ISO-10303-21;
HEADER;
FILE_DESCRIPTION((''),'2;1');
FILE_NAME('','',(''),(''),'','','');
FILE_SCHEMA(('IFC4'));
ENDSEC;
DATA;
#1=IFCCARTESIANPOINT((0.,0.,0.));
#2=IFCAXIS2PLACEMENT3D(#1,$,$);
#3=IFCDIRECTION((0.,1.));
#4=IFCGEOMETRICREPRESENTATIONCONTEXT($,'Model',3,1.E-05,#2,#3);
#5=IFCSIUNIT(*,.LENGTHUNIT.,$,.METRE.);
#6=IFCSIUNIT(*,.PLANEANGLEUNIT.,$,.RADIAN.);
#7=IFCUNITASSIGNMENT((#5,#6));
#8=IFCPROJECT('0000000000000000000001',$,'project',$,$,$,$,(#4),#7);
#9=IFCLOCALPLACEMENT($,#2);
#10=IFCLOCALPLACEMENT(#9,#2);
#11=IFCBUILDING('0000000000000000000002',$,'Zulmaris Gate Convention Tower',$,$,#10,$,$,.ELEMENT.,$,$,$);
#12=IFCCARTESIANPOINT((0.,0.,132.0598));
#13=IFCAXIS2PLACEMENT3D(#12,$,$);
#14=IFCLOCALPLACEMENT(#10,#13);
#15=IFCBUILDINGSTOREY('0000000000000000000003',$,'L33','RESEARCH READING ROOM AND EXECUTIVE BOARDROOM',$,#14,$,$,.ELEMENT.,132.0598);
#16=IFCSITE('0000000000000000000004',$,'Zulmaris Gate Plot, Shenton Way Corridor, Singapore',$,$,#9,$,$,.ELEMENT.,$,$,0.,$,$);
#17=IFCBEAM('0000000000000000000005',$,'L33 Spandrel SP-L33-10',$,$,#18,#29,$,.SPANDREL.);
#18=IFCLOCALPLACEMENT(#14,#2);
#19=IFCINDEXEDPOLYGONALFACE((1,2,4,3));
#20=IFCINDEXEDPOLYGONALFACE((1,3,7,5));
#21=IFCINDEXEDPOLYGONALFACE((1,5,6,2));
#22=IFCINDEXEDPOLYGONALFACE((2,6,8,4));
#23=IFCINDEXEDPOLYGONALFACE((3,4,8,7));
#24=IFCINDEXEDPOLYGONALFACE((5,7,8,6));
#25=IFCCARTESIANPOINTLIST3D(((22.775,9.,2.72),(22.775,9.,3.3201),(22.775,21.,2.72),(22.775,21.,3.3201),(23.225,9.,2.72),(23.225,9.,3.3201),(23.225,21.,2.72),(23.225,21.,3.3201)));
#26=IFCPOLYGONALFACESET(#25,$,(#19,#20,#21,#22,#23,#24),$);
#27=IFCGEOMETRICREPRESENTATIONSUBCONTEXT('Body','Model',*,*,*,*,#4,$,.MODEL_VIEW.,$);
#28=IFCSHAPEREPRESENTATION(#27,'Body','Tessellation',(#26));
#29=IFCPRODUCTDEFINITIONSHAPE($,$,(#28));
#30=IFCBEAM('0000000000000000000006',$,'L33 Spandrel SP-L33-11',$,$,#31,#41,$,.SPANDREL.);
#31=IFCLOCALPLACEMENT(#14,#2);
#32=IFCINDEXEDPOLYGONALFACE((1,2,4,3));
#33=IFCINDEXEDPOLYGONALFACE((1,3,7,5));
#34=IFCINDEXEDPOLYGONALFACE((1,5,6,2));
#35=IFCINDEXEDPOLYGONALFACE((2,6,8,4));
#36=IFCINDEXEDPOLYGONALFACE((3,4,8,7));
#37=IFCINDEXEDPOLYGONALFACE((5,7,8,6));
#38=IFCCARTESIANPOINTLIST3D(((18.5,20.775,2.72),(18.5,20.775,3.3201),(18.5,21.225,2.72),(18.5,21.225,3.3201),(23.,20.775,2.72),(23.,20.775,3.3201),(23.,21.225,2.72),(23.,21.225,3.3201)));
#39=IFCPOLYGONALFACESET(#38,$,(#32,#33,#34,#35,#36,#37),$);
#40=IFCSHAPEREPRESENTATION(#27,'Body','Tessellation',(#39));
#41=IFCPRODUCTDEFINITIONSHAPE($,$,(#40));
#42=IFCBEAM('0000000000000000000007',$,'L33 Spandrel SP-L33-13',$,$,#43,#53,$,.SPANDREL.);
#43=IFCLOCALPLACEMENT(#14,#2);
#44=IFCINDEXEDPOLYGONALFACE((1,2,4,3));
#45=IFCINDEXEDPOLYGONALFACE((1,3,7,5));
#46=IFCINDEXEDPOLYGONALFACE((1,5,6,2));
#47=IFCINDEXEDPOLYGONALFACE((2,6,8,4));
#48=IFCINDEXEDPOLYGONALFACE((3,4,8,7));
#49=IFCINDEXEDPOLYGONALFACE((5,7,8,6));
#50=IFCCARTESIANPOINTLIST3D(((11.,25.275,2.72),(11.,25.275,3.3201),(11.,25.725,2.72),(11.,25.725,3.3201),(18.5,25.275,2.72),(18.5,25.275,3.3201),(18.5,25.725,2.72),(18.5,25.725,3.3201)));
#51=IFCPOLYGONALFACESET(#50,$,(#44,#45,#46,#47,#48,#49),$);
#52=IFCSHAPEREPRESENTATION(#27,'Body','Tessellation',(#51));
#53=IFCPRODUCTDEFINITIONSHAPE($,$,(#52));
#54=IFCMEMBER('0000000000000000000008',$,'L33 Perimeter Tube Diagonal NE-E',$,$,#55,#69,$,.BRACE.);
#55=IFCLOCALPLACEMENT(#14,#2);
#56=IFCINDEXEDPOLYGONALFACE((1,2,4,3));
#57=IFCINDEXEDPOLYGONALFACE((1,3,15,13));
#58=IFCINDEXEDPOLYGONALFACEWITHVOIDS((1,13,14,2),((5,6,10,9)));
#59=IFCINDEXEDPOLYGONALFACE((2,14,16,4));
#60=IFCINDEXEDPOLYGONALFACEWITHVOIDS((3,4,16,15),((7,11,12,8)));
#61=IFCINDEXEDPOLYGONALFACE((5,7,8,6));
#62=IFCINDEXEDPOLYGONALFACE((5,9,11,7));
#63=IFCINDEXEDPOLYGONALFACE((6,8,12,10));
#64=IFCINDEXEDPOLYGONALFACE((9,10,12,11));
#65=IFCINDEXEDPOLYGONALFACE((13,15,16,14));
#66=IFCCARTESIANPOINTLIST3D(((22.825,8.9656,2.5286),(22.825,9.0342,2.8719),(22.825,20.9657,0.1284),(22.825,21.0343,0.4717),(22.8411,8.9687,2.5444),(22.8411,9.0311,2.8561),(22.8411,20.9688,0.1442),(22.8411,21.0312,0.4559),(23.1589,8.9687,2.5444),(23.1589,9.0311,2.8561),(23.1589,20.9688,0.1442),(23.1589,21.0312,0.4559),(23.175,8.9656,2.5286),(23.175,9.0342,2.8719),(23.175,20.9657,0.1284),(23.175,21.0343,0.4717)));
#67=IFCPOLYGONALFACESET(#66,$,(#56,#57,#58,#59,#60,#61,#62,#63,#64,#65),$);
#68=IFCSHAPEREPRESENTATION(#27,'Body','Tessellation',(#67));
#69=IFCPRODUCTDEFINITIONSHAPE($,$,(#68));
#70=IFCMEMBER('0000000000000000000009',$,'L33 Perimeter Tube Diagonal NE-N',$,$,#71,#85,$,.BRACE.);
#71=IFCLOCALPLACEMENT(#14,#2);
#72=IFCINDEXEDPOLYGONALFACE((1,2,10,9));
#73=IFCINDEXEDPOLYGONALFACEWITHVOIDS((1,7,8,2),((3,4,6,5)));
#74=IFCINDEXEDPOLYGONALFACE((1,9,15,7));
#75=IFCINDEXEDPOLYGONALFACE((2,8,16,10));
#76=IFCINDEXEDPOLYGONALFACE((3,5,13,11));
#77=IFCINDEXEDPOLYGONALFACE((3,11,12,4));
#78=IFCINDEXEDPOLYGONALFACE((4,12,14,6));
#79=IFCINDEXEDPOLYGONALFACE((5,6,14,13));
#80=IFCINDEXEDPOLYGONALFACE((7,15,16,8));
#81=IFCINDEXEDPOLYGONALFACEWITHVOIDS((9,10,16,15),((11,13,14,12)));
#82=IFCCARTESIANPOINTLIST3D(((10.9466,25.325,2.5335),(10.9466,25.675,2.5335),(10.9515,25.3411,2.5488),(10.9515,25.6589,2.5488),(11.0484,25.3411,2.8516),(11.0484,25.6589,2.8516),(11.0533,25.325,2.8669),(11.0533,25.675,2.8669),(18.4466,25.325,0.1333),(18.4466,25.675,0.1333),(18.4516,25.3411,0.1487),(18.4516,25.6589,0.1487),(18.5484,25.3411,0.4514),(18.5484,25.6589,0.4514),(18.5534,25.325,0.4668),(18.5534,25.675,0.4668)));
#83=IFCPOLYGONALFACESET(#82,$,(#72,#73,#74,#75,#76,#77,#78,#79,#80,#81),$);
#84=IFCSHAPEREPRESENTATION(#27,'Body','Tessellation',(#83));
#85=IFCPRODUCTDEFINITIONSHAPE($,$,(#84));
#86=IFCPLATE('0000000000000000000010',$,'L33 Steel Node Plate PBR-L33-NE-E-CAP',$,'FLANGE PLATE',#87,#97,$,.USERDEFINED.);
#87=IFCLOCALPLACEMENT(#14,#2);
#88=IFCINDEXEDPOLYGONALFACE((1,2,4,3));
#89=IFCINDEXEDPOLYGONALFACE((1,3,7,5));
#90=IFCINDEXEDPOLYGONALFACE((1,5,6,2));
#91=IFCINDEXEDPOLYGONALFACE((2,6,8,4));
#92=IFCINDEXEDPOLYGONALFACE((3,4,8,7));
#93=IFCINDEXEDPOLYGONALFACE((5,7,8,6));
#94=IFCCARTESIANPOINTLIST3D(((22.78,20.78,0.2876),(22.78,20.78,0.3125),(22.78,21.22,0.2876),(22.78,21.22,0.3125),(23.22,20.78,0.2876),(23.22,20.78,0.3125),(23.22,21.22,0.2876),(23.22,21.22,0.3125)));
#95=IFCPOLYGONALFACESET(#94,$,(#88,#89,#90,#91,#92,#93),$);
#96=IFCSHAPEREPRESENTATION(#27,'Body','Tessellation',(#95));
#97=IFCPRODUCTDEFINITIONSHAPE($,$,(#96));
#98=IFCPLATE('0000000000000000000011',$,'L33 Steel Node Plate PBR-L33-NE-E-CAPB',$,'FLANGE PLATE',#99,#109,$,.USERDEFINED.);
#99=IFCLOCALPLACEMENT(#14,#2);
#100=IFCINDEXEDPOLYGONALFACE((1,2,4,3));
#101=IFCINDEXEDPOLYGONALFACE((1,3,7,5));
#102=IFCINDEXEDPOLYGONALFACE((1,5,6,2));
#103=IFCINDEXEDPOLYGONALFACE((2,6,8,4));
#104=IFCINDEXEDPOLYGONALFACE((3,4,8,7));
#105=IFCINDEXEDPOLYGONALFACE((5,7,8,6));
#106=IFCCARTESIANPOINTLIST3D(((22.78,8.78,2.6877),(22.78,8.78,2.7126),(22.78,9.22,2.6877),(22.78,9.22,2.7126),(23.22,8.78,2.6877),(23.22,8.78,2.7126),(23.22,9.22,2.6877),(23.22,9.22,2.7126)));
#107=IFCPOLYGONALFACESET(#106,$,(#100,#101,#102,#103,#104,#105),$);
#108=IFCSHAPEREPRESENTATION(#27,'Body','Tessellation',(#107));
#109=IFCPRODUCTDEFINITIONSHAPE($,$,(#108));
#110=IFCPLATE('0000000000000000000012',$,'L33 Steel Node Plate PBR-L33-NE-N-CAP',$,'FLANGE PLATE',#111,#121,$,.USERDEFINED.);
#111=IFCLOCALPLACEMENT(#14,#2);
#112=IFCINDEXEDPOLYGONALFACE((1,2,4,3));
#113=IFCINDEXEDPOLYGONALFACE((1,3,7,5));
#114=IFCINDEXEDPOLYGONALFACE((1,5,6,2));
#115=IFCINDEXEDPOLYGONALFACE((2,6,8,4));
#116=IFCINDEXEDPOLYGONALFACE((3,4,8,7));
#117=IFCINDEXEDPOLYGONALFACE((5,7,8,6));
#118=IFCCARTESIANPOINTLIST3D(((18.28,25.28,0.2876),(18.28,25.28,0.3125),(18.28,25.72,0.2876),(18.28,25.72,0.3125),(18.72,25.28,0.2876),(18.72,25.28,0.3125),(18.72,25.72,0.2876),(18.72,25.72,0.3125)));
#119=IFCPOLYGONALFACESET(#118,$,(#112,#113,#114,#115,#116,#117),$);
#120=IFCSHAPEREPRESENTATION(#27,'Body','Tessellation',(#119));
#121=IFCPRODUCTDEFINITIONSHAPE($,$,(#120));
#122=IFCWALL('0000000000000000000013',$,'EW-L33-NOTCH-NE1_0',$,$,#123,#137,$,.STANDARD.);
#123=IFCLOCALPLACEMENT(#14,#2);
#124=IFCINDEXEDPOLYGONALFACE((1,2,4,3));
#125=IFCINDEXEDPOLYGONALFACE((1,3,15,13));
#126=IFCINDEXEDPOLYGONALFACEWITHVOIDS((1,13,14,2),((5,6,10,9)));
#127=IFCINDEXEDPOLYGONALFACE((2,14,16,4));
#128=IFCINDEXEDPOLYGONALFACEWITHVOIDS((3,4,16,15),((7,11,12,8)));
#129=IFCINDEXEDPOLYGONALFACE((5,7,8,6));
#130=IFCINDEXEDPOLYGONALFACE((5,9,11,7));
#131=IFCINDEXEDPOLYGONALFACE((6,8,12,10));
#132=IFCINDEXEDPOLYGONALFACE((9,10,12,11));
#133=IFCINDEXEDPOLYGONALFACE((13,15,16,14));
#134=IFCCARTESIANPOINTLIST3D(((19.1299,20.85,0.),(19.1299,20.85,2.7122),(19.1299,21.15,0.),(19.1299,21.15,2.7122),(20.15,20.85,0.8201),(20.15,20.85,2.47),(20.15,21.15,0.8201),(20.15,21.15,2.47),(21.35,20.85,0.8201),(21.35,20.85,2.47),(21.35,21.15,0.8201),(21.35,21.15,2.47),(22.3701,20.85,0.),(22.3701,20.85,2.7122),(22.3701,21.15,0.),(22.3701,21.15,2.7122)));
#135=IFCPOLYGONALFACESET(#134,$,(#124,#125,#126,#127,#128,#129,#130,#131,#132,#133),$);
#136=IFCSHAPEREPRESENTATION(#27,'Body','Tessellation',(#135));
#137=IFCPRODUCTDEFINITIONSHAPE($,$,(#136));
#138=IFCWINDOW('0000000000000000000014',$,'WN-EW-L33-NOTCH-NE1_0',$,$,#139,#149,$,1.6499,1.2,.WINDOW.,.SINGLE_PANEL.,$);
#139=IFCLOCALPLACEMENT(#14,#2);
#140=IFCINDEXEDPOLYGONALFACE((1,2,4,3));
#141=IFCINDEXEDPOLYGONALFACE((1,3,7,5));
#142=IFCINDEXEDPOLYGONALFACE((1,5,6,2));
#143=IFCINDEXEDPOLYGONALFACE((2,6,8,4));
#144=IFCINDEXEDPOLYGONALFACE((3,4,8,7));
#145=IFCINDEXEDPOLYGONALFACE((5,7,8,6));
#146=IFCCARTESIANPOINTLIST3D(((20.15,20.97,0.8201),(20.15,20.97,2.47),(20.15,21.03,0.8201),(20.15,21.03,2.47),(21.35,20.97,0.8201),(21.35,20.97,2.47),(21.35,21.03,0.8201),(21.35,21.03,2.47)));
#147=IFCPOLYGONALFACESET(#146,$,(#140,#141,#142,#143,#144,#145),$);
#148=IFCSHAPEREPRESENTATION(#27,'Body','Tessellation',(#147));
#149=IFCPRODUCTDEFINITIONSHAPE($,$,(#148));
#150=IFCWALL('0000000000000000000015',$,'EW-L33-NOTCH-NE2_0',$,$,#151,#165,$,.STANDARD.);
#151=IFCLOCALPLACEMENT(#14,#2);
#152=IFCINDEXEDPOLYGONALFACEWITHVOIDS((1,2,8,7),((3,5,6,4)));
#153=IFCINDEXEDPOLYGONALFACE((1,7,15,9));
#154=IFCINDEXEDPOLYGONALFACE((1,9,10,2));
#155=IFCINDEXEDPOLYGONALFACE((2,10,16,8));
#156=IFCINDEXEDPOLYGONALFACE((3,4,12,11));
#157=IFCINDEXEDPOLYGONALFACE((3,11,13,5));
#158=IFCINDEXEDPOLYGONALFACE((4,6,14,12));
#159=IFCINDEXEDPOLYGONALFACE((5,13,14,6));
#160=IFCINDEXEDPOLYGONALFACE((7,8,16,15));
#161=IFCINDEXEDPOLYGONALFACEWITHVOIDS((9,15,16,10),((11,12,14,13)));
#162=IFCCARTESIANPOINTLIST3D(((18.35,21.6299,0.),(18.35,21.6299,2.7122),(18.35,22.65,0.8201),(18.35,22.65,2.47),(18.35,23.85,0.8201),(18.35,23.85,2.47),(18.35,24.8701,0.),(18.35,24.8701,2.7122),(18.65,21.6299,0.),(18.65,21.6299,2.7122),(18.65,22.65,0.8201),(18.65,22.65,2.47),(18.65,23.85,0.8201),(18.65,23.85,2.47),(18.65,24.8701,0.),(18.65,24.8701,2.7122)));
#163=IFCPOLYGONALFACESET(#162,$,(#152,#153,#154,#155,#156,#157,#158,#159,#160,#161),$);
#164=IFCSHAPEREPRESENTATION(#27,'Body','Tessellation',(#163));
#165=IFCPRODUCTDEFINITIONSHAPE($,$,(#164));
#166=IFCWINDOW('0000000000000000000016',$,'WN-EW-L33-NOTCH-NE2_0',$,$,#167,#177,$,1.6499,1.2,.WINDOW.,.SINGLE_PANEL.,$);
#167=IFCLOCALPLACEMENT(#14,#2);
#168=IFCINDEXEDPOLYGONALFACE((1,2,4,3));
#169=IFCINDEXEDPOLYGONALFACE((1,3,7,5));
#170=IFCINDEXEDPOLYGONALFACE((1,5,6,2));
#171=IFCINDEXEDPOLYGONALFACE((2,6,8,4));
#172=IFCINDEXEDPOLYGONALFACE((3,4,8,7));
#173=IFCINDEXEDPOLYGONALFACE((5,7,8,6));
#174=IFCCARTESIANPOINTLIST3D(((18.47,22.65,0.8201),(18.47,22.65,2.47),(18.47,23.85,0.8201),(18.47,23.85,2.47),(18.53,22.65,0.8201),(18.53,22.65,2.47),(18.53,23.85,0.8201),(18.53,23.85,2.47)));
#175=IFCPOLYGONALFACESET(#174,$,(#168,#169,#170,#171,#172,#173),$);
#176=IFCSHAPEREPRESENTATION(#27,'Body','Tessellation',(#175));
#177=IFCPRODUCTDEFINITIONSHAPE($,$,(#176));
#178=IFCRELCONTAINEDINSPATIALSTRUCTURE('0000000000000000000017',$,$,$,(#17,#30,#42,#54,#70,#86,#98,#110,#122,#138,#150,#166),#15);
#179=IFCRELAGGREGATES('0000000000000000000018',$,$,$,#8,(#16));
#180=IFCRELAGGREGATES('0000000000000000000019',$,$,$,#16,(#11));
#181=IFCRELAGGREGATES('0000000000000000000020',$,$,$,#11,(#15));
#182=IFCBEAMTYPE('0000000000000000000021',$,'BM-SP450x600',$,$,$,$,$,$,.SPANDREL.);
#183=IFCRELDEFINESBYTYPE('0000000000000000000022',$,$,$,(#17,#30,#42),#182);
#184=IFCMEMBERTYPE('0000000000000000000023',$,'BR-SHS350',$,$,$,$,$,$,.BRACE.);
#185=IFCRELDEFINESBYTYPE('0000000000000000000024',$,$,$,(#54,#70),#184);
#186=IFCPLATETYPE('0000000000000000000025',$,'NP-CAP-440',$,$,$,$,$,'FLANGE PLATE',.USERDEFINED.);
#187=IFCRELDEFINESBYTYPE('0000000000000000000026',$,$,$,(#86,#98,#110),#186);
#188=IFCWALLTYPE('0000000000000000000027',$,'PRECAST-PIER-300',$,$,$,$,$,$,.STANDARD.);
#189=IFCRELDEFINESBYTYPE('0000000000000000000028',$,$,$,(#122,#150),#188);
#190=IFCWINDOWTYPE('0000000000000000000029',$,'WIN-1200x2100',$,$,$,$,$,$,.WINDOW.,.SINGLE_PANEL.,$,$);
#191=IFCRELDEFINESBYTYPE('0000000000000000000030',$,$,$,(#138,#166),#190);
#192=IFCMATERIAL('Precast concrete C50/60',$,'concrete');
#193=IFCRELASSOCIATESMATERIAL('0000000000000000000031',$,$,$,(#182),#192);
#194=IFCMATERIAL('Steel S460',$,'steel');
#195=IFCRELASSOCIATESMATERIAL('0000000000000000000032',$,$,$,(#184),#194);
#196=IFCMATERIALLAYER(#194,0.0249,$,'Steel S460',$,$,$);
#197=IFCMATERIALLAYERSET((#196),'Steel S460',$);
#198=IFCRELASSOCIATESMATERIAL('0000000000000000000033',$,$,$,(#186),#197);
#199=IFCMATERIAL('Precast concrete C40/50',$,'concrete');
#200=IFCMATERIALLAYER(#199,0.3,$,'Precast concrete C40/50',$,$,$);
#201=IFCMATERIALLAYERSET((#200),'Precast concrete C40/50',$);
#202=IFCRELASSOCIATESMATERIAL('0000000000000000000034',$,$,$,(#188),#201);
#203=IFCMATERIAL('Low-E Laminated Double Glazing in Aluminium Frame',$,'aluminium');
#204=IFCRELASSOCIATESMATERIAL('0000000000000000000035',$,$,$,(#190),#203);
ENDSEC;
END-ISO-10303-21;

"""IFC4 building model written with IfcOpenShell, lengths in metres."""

from ifc_helpers import new_model, si_unit, direction, frame, frame_2d, origin, origin_2d, place, context, subcontext, project, spatial, rectangle, hollow_rectangle, extrude, material, layer, layer_set, material_profile, profile_set, type_object, element, fill, save


model = new_model("IFC4")

# Units and contexts
model_context = context("Model", 3, precision=1e-05, world=origin(), true_north=direction((0.0, 1.0)))
body_context = subcontext(model_context, "Body", "Model", "MODEL_VIEW")
ifc_project = project(units=[si_unit("LENGTHUNIT", "METRE"), si_unit("PLANEANGLEUNIT", "RADIAN")], contexts=[model_context])

# Site, building, storey
site_placement = place(None, origin())
site = spatial("IfcSite", under=ifc_project, at=site_placement, Name="Zulmaris Gate Plot, Shenton Way Corridor, Singapore", CompositionType="ELEMENT", RefElevation=0.0)
building_placement = place(site_placement, origin())
building = spatial("IfcBuilding", under=site, at=building_placement, Name="Zulmaris Gate Convention Tower", CompositionType="ELEMENT")
storey_placement = place(building_placement, frame((0.0, 0.0, 132.0598)))
storey = spatial("IfcBuildingStorey", under=building, at=storey_placement, Name="L33", Description="RESEARCH READING ROOM AND EXECUTIVE BOARDROOM", CompositionType="ELEMENT", Elevation=132.0598)

# Beams
ifc_material_1 = material(Name="Precast concrete C50/60", Category="concrete")
ifc_material_profile_1 = material_profile(ifc_material_1, rectangle(XDim=0.45, YDim=0.6001, at=origin_2d()), Name="RC SPANDREL 450x600")
ifc_profile_set_1 = profile_set([ifc_material_profile_1], Name="Precast concrete C50/60")
beam_type_1 = type_object("IfcBeamType", Name="BM-SP450x600", PredefinedType="SPANDREL", material=ifc_profile_set_1)
beam_1_placement = place(storey_placement, frame((23.0, 9.0, 3.02), z_axis=(0.0, 1.0, 0.0), x_axis=(-1.0, 0.0, 0.0)))
element("IfcBeam", 1, at=beam_1_placement, inside=storey, type_object=beam_type_1, Name="L33 Spandrel SP-L33-10", PredefinedType="SPANDREL", context=body_context, shape_type="SweptSolid", body=[
    extrude(rectangle(XDim=0.45, YDim=0.6001, at=origin_2d()), origin(), (0.0, 0.0, 1.0), 12.0),
])
beam_2_placement = place(storey_placement, frame((23.0, 21.0, 3.02), z_axis=(-1.0, 0.0, 0.0), x_axis=(0.0, -1.0, 0.0)))
element("IfcBeam", 2, at=beam_2_placement, inside=storey, type_object=beam_type_1, Name="L33 Spandrel SP-L33-11", PredefinedType="SPANDREL", context=body_context, shape_type="SweptSolid", body=[
    extrude(rectangle(XDim=0.45, YDim=0.6001, at=origin_2d()), origin(), (0.0, 0.0, 1.0), 4.5),
])
beam_3_placement = place(storey_placement, frame((18.5, 25.5, 3.02), z_axis=(-1.0, 0.0, 0.0), x_axis=(0.0, -1.0, 0.0)))
element("IfcBeam", 3, at=beam_3_placement, inside=storey, type_object=beam_type_1, Name="L33 Spandrel SP-L33-13", PredefinedType="SPANDREL", context=body_context, shape_type="SweptSolid", body=[
    extrude(rectangle(XDim=0.45, YDim=0.6001, at=origin_2d()), origin(), (0.0, 0.0, 1.0), 7.5),
])

# Members
ifc_material_2 = material(Name="Steel S460", Category="steel")
ifc_material_profile_2 = material_profile(ifc_material_2, hollow_rectangle(XDim=0.3501, YDim=0.3501, WallThickness=0.0161, at=origin_2d()), Name="SHS 350x350x16")
ifc_profile_set_2 = profile_set([ifc_material_profile_2], Name="Steel S460")
member_type = type_object("IfcMemberType", Name="BR-SHS350", PredefinedType="BRACE", material=ifc_profile_set_2)
member_1_placement = place(storey_placement, frame((23.0, 21.0, 0.3), z_axis=(0.0, -0.980578, 0.196128), x_axis=(1.0, 0.0, 0.0)))
element("IfcMember", 4, at=member_1_placement, inside=storey, type_object=member_type, Name="L33 Perimeter Tube Diagonal NE-E", PredefinedType="BRACE", context=body_context, shape_type="SweptSolid", body=[
    extrude(hollow_rectangle(XDim=0.3501, YDim=0.3501, WallThickness=0.0161, at=origin_2d()), origin(), (0.0, 0.0, 1.0), 12.2378),
])
member_2_placement = place(storey_placement, frame((18.5, 25.5, 0.3), z_axis=(-0.952419, 0.0, 0.304793), x_axis=(0.0, -1.0, 0.0)))
element("IfcMember", 5, at=member_2_placement, inside=storey, type_object=member_type, Name="L33 Perimeter Tube Diagonal NE-N", PredefinedType="BRACE", context=body_context, shape_type="SweptSolid", body=[
    extrude(hollow_rectangle(XDim=0.3501, YDim=0.3501, WallThickness=0.0161, at=origin_2d()), origin(), (0.0, 0.0, 1.0), 7.8748),
])

# Plates
ifc_layer_1 = layer(ifc_material_2, 0.0249, Name="Steel S460")
ifc_layer_set_1 = layer_set([ifc_layer_1], Name="Steel S460")
plate_type = type_object("IfcPlateType", Name="NP-CAP-440", ElementType="FLANGE PLATE", PredefinedType="USERDEFINED", material=ifc_layer_set_1)
for number, where, z_axis, x_axis, name in (
    (6, (23.0, 21.0, 0.2876), (0.0, 0.0, 1.0), (1.0, 0.0, 0.0), "L33 Steel Node Plate PBR-L33-NE-E-CAP"),
    (7, (23.0, 9.0, 2.6877), (0.0, 0.0, 1.0), (1.0, 0.0, 0.0), "L33 Steel Node Plate PBR-L33-NE-E-CAPB"),
    (8, (18.5, 25.5, 0.2876), (0.0, 0.0, 1.0), (1.0, 0.0, 0.0), "L33 Steel Node Plate PBR-L33-NE-N-CAP"),
):
    element("IfcPlate", number, at=place(storey_placement, frame(where, z_axis=z_axis, x_axis=x_axis)), inside=storey, type_object=plate_type, Name=name, ObjectType="FLANGE PLATE", PredefinedType="USERDEFINED", context=body_context, shape_type="SweptSolid", body=[
        extrude(rectangle(XDim=0.4399, YDim=0.4399, at=origin_2d()), origin(), (0.0, 0.0, 1.0), 0.0249),
    ])

# Walls, openings, windows
ifc_material_3 = material(Name="Precast concrete C40/50", Category="concrete")
ifc_layer_2 = layer(ifc_material_3, 0.3, Name="Precast concrete C40/50")
ifc_layer_set_2 = layer_set([ifc_layer_2], Name="Precast concrete C40/50")
wall_type_1 = type_object("IfcWallType", Name="PRECAST-PIER-300", PredefinedType="STANDARD", material=ifc_layer_set_2)
wall_1_placement = place(storey_placement, frame((22.3701, 21.0, 0.0), z_axis=(0.0, 0.0, 1.0), x_axis=(-1.0, 0.0, 0.0)))
wall_1 = element("IfcWall", 9, at=wall_1_placement, inside=storey, type_object=wall_type_1, Name="EW-L33-NOTCH-NE1_0", PredefinedType="STANDARD", context=body_context, shape_type="SweptSolid", body=[
    extrude(rectangle(XDim=3.2402, YDim=0.3, at=frame_2d((1.6201, 0.0))), origin(), (0.0, 0.0, 1.0), 2.7122),
])
opening_1_placement = place(wall_1_placement, frame((1.02, 0.0, 0.8201)))
opening_1 = element("IfcOpeningElement", 10, at=opening_1_placement, cuts=wall_1, PredefinedType="OPENING", context=body_context, shape_type="SweptSolid", body=[
    extrude(rectangle(XDim=1.2, YDim=1.6499, at=frame_2d((0.6001, 0.825))), frame((0.0, 0.1602, 0.0), z_axis=(0.0, -1.0, 0.0), x_axis=(1.0, 0.0, 0.0)), (0.0, 0.0, 1.0), 0.3201),
])
ifc_material_4 = material(Name="Low-E Laminated Double Glazing in Aluminium Frame", Category="aluminium")
window_type = type_object("IfcWindowType", Name="WIN-1200x2100", PartitioningType="SINGLE_PANEL", PredefinedType="WINDOW", material=ifc_material_4)
window_1_placement = place(opening_1_placement, origin())
window_1 = element("IfcWindow", 11, at=window_1_placement, inside=storey, type_object=window_type, Name="WN-EW-L33-NOTCH-NE1_0", OverallHeight=1.6499, OverallWidth=1.2, PartitioningType="SINGLE_PANEL", PredefinedType="WINDOW", context=body_context, shape_type="SweptSolid", body=[
    extrude(rectangle(XDim=1.2, YDim=1.6499, at=frame_2d((0.6001, 0.825))), frame((0.0, 0.03, 0.0), z_axis=(0.0, -1.0, 0.0), x_axis=(1.0, 0.0, 0.0)), (0.0, 0.0, 1.0), 0.0601),
])
fill(opening_1, window_1)
wall_2_placement = place(storey_placement, frame((18.5, 21.6299, 0.0), z_axis=(0.0, 0.0, 1.0), x_axis=(0.0, 1.0, 0.0)))
wall_2 = element("IfcWall", 12, at=wall_2_placement, inside=storey, type_object=wall_type_1, Name="EW-L33-NOTCH-NE2_0", PredefinedType="STANDARD", context=body_context, shape_type="SweptSolid", body=[
    extrude(rectangle(XDim=3.2402, YDim=0.3, at=frame_2d((1.6201, 0.0))), origin(), (0.0, 0.0, 1.0), 2.7122),
])
opening_2_placement = place(wall_2_placement, frame((1.02, 0.0, 0.8201)))
opening_2 = element("IfcOpeningElement", 13, at=opening_2_placement, cuts=wall_2, PredefinedType="OPENING", context=body_context, shape_type="SweptSolid", body=[
    extrude(rectangle(XDim=1.2, YDim=1.6499, at=frame_2d((0.6001, 0.825))), frame((0.0, 0.1602, 0.0), z_axis=(0.0, -1.0, 0.0), x_axis=(1.0, 0.0, 0.0)), (0.0, 0.0, 1.0), 0.3201),
])
window_2_placement = place(opening_2_placement, origin())
window_2 = element("IfcWindow", 14, at=window_2_placement, inside=storey, type_object=window_type, Name="WN-EW-L33-NOTCH-NE2_0", OverallHeight=1.6499, OverallWidth=1.2, PartitioningType="SINGLE_PANEL", PredefinedType="WINDOW", context=body_context, shape_type="SweptSolid", body=[
    extrude(rectangle(XDim=1.2, YDim=1.6499, at=frame_2d((0.6001, 0.825))), frame((0.0, 0.03, 0.0), z_axis=(0.0, -1.0, 0.0), x_axis=(1.0, 0.0, 0.0)), (0.0, 0.0, 1.0), 0.0601),
])
fill(opening_2, window_2)

save(model, "model.ifc")
